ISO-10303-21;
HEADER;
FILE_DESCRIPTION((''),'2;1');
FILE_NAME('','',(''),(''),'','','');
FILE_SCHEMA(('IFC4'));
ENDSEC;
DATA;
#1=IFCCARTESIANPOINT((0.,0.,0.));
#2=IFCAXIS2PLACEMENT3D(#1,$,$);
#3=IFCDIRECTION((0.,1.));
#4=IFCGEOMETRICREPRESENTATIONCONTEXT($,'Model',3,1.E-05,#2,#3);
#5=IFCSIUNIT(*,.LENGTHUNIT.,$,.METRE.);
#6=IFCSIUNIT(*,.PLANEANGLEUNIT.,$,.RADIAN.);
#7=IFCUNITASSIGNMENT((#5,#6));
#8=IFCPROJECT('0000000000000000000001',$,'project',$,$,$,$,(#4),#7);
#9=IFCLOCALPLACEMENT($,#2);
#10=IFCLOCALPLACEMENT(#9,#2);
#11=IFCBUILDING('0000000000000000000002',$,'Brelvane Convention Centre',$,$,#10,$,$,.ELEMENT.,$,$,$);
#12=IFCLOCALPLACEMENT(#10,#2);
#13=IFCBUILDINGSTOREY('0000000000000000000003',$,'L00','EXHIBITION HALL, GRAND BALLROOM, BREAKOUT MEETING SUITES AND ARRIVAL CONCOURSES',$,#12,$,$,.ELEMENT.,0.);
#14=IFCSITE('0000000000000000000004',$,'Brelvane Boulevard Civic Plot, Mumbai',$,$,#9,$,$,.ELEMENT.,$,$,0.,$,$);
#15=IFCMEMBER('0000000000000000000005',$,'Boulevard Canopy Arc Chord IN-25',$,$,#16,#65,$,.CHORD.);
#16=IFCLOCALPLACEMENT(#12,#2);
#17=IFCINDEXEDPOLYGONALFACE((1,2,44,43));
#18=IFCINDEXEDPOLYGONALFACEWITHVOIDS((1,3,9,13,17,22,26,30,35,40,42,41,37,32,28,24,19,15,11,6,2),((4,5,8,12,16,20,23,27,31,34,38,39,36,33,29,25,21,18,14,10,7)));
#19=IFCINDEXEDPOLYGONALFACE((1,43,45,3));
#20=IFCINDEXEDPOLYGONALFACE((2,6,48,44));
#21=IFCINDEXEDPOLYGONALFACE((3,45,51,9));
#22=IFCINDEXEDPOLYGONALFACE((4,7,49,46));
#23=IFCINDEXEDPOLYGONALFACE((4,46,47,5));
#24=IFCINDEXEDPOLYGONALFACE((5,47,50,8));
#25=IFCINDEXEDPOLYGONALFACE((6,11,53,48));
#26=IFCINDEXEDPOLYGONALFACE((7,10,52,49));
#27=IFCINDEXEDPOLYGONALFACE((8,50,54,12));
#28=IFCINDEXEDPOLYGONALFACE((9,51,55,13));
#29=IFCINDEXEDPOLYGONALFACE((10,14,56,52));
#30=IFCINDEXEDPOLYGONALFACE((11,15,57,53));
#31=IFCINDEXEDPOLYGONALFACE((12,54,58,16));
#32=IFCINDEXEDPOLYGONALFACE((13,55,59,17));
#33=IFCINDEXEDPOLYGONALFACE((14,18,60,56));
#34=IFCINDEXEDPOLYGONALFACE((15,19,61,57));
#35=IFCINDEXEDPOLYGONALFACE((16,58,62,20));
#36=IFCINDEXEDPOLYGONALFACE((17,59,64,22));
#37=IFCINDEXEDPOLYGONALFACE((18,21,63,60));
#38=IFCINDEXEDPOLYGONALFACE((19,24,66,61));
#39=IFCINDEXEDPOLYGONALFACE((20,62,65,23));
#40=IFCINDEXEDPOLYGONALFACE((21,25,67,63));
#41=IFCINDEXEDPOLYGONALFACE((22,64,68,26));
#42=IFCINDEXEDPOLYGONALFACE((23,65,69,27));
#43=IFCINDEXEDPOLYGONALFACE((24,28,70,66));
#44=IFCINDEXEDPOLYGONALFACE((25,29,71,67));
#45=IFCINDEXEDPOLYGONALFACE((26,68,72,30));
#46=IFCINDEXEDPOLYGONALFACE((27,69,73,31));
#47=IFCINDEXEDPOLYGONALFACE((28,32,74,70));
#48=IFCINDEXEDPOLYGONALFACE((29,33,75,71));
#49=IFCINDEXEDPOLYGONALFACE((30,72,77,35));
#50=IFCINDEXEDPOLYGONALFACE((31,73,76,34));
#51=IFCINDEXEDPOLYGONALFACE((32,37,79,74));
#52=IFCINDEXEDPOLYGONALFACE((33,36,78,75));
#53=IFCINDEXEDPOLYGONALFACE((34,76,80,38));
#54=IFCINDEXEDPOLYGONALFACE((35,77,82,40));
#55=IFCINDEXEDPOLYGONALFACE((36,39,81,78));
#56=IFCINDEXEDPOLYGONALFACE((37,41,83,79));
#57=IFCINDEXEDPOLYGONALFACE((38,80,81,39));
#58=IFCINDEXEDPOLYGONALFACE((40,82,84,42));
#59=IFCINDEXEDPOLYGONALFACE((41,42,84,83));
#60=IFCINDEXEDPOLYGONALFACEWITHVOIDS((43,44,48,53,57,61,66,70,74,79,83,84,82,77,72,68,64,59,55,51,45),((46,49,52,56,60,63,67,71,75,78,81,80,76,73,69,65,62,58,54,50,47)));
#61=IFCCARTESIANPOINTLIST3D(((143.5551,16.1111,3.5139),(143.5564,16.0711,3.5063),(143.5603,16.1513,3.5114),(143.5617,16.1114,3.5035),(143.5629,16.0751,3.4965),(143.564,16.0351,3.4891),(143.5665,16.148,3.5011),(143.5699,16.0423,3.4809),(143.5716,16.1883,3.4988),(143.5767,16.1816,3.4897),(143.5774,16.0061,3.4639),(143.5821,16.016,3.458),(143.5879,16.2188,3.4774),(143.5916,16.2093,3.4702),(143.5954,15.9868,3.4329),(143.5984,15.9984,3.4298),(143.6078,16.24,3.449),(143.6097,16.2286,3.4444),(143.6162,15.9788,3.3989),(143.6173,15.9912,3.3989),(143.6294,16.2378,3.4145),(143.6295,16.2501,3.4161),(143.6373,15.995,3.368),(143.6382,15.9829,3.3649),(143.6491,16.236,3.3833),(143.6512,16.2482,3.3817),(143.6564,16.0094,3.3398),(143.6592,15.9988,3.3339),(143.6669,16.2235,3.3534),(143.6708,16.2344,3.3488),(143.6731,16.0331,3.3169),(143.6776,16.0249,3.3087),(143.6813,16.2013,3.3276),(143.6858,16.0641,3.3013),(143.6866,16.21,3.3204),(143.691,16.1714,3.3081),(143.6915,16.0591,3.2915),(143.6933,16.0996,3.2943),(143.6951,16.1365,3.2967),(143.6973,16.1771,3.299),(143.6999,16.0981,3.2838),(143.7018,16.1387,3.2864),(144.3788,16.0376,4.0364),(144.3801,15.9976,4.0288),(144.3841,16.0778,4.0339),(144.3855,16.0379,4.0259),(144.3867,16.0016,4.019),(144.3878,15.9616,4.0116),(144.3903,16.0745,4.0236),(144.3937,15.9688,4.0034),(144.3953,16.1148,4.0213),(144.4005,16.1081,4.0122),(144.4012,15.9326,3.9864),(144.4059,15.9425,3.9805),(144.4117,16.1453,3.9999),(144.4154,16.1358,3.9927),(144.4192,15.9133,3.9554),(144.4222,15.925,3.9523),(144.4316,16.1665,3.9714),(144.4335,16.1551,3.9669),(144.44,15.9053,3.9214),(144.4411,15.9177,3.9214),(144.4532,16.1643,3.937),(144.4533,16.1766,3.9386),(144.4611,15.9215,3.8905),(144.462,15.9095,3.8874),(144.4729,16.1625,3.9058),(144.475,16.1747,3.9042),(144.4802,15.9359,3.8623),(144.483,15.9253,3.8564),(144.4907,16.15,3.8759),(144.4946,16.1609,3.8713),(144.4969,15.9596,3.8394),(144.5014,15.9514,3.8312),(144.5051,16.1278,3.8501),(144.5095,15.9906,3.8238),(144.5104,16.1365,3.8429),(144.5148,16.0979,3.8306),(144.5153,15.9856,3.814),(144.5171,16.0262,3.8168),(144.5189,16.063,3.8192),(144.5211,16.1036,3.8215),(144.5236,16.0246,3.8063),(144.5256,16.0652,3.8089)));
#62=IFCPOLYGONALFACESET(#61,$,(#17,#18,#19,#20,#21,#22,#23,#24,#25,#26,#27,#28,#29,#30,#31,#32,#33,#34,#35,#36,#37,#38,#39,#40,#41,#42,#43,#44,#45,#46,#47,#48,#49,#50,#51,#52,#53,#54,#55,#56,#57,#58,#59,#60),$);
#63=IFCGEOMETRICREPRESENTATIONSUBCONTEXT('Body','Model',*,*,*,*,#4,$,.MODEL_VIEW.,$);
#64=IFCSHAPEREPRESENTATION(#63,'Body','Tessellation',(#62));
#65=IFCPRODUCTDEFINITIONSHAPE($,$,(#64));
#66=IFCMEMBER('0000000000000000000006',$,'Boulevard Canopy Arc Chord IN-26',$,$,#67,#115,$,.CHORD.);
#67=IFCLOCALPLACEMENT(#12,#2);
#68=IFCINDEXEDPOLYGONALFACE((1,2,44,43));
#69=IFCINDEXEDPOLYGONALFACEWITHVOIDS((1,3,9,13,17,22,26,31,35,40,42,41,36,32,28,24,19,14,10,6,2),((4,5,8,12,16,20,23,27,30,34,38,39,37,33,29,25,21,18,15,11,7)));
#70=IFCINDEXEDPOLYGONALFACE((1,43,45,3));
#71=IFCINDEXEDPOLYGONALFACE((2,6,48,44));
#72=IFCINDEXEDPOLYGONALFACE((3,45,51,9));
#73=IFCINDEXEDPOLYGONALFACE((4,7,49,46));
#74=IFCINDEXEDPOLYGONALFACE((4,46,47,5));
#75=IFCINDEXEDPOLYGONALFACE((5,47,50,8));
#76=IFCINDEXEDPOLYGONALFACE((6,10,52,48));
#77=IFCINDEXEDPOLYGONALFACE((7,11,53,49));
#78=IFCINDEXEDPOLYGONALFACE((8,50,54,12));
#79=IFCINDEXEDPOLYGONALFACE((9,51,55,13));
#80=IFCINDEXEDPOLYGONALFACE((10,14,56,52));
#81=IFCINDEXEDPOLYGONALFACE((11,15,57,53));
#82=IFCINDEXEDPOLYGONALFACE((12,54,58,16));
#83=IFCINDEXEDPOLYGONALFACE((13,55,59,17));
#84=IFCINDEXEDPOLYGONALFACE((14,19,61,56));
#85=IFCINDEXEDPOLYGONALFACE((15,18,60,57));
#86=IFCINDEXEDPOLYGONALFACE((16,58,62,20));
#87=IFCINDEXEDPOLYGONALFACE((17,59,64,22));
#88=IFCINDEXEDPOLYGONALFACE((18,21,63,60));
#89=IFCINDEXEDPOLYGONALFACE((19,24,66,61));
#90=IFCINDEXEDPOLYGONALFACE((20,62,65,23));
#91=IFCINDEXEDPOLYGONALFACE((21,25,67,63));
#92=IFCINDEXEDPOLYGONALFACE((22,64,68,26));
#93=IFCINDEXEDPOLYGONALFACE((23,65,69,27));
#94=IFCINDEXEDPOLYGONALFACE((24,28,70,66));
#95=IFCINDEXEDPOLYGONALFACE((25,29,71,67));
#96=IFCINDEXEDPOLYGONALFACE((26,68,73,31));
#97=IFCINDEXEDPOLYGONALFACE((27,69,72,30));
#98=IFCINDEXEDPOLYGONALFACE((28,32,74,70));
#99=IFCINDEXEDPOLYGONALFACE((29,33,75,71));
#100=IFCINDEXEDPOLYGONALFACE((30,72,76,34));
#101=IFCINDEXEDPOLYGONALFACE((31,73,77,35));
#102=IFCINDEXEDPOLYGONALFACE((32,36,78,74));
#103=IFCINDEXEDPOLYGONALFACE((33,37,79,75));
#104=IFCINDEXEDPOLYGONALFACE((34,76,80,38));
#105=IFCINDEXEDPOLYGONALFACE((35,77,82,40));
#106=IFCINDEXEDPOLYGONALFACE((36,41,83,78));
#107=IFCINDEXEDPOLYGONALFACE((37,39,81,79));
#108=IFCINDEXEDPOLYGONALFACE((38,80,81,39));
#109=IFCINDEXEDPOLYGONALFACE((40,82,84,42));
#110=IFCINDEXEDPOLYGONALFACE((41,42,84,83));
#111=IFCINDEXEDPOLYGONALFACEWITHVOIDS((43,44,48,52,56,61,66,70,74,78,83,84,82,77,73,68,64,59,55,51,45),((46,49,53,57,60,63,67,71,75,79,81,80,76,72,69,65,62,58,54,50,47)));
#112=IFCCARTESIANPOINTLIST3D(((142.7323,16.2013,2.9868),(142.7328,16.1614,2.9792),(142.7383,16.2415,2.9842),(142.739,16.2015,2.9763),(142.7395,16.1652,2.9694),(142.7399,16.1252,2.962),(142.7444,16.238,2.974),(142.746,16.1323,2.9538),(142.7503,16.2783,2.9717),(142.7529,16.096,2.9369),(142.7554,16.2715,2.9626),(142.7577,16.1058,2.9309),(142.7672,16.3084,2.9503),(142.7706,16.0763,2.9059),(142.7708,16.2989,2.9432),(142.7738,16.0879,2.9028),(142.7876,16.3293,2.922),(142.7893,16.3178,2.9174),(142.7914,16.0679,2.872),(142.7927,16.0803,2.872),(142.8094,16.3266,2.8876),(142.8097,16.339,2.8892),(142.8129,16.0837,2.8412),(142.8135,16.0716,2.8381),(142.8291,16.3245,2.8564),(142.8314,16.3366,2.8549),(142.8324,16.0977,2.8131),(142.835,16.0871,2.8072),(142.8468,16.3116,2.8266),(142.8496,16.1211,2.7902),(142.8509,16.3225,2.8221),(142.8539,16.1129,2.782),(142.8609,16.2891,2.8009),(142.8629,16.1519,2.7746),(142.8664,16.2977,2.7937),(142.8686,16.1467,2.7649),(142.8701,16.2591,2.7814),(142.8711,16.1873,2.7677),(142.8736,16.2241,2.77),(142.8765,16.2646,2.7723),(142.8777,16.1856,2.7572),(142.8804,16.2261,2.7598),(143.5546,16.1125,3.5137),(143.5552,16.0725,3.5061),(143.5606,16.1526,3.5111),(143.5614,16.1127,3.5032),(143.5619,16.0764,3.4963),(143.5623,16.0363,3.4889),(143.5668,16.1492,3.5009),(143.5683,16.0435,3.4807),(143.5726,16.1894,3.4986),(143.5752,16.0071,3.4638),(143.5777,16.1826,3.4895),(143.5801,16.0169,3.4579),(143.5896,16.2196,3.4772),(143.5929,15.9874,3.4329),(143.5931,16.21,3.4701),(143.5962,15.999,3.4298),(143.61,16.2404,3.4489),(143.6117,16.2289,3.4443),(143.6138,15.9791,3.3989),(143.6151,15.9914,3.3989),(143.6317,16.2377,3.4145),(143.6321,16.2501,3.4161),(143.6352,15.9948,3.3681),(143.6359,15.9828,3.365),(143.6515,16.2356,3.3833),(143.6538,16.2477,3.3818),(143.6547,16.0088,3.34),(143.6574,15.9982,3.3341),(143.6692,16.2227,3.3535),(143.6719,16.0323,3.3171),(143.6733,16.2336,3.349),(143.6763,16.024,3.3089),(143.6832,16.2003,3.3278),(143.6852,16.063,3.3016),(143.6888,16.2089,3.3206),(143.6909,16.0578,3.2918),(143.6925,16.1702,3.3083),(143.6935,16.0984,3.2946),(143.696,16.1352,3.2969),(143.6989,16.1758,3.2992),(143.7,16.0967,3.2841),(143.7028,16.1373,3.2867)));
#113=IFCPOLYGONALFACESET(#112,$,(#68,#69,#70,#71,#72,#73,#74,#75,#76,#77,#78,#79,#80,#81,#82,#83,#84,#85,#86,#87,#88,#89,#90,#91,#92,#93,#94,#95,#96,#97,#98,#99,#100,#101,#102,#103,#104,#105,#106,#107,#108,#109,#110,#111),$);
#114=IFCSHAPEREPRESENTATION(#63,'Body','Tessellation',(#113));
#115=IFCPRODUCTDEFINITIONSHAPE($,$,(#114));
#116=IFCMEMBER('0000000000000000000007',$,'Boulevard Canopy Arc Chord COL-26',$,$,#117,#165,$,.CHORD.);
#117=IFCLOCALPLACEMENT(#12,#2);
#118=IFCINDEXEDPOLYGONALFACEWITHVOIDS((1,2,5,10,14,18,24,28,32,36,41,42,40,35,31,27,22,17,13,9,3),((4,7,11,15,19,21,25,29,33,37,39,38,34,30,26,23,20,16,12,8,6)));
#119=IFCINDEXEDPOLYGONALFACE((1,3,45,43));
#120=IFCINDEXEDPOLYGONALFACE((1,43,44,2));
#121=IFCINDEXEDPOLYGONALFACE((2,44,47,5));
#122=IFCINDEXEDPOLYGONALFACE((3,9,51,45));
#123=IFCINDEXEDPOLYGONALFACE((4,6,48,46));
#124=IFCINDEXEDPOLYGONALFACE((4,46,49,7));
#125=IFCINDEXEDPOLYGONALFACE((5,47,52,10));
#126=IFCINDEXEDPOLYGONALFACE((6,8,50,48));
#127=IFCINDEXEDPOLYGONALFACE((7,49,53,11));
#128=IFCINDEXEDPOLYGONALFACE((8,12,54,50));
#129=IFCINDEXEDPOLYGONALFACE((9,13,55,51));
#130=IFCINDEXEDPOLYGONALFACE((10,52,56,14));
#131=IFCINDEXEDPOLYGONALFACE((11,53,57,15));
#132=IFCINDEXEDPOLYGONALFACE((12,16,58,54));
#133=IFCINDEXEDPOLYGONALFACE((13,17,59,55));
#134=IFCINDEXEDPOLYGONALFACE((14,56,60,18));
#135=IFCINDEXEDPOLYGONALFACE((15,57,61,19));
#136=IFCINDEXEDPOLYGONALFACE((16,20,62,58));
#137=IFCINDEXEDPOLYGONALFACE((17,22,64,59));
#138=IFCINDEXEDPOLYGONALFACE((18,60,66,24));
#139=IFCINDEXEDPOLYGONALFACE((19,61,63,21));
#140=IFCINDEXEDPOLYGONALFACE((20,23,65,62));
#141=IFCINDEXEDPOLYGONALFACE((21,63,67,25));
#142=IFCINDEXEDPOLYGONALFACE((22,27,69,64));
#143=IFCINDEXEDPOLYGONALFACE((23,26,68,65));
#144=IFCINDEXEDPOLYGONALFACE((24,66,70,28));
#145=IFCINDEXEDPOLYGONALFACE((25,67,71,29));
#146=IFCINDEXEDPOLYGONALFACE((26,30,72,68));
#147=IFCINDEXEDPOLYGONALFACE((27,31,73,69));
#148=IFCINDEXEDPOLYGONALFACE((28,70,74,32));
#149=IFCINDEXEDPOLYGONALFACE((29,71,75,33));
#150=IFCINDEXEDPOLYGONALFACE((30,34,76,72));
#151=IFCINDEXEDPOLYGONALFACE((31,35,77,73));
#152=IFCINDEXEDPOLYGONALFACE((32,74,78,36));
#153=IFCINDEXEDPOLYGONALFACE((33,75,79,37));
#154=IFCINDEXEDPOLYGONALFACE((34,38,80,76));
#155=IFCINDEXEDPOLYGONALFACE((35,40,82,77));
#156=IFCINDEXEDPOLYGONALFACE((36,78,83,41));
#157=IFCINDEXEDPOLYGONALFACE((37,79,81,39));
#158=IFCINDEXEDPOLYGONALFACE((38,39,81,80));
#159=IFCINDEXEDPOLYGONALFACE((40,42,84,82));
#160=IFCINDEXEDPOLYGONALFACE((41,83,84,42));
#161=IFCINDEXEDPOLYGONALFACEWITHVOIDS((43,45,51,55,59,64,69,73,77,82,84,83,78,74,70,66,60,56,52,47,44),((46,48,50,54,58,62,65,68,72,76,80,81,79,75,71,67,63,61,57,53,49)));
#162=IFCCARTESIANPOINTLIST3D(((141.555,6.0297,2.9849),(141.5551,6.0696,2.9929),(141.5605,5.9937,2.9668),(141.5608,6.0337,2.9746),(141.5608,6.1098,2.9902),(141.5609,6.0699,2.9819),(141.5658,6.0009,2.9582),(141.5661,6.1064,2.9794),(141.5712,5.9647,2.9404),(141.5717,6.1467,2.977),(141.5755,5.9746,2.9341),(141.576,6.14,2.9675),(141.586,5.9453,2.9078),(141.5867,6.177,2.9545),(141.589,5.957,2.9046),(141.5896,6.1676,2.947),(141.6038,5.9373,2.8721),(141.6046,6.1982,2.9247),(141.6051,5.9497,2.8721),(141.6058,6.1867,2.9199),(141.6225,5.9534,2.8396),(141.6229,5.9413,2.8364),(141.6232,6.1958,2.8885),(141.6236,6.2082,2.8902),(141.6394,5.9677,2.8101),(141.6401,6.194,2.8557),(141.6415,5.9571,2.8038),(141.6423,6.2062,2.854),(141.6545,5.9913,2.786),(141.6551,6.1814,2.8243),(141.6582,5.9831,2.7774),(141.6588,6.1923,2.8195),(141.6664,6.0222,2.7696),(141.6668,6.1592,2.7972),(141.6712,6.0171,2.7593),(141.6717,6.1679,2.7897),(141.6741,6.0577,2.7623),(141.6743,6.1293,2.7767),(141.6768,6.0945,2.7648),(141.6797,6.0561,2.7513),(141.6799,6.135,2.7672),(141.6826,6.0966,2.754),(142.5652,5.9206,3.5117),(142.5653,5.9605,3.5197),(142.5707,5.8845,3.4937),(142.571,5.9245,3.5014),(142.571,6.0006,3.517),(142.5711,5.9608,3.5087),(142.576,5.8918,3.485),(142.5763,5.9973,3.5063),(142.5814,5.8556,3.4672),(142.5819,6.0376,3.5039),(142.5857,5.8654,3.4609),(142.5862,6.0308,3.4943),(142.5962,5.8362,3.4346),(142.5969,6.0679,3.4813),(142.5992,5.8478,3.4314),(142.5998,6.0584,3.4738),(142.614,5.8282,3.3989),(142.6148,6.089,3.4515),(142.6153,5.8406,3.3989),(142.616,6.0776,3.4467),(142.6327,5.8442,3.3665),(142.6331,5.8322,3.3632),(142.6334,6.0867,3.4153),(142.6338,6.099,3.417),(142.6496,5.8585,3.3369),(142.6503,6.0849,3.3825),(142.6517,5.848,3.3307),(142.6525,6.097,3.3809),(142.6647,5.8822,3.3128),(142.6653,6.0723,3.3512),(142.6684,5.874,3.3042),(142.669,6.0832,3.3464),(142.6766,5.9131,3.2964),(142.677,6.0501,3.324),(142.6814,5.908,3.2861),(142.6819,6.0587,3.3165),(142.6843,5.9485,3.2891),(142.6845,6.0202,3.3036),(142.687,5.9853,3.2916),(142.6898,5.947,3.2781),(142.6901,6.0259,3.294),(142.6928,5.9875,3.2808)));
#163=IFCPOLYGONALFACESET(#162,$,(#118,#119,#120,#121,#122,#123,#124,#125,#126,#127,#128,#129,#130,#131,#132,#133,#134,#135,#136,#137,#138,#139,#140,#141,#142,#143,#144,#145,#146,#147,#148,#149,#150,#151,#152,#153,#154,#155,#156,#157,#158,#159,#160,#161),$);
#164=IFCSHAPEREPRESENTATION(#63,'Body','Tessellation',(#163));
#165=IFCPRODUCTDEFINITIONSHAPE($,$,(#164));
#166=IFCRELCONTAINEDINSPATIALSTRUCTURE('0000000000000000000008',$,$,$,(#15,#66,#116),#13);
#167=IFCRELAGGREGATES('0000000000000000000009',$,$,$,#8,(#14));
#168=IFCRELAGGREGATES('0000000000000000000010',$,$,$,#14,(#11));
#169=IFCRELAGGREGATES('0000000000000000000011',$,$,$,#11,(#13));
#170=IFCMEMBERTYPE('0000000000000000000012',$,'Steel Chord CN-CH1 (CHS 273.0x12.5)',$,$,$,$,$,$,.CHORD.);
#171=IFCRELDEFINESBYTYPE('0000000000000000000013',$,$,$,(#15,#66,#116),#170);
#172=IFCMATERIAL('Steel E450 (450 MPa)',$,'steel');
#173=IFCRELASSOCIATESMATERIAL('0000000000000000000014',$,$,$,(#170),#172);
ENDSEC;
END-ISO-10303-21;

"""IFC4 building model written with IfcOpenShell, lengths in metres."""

from ifc_helpers import new_model, si_unit, direction, frame, origin, origin_2d, place, context, subcontext, project, spatial, hollow_circle, extrude, material, material_profile, profile_set, type_object, element, save


model = new_model("IFC4")

# Units and contexts
model_context = context("Model", 3, precision=1e-05, world=origin(), true_north=direction((0.0, 1.0)))
body_context = subcontext(model_context, "Body", "Model", "MODEL_VIEW")
ifc_project = project(units=[si_unit("LENGTHUNIT", "METRE"), si_unit("PLANEANGLEUNIT", "RADIAN")], contexts=[model_context])

# Site, building, storey
site_placement = place(None, origin())
site = spatial("IfcSite", under=ifc_project, at=site_placement, Name="Brelvane Boulevard Civic Plot, Mumbai", CompositionType="ELEMENT", RefElevation=0.0)
building_placement = place(site_placement, origin())
building = spatial("IfcBuilding", under=site, at=building_placement, Name="Brelvane Convention Centre", CompositionType="ELEMENT")
storey_placement = place(building_placement, origin())
storey = spatial("IfcBuildingStorey", under=building, at=storey_placement, Name="L00", Description="EXHIBITION HALL, GRAND BALLROOM, BREAKOUT MEETING SUITES AND ARRIVAL CONCOURSES", CompositionType="ELEMENT", Elevation=0.0)

# Members
ifc_material_1 = material(Name="Steel E450 (450 MPa)", Category="steel")
ifc_material_profile_1 = material_profile(ifc_material_1, hollow_circle(Radius=0.1365, WallThickness=0.0125, at=origin_2d()), Name="CHS 273.0x12.5")
ifc_profile_set_1 = profile_set([ifc_material_profile_1], Name="Steel E450 (450 MPa)")
member_type_1 = type_object("IfcMemberType", Name="Steel Chord CN-CH1 (CHS 273.0x12.5)", PredefinedType="CHORD", material=ifc_profile_set_1)
member_1_placement = place(storey_placement, frame((144.4521, 16.0413, 3.9214), z_axis=(-0.842078, 0.075123, -0.534098), x_axis=(-0.088859, -0.996044, 0.0)))
element("IfcMember", 1, at=member_1_placement, inside=storey, type_object=member_type_1, Name="Boulevard Canopy Arc Chord IN-25", PredefinedType="CHORD", context=body_context, shape_type="SweptSolid", body=[
    extrude(hollow_circle(Radius=0.1365, WallThickness=0.0125, at=origin_2d()), origin(), (0.0, 0.0, 1.0), 0.9783),
])
member_2_placement = place(storey_placement, frame((143.6284, 16.1147, 3.3989), z_axis=(-0.838525, 0.090624, -0.537274), x_axis=(-0.10745, -0.99421, 0.0)))
element("IfcMember", 2, at=member_2_placement, inside=storey, type_object=member_type_1, Name="Boulevard Canopy Arc Chord IN-26", PredefinedType="CHORD", context=body_context, shape_type="SweptSolid", body=[
    extrude(hollow_circle(Radius=0.1365, WallThickness=0.0125, at=origin_2d()), origin(), (0.0, 0.0, 1.0), 0.9807),
])
member_3_placement = place(storey_placement, frame((142.6287, 5.9639, 3.3989), z_axis=(-0.88263, 0.095344, -0.460298), x_axis=(-0.107398, -0.994216, 0.0)))
element("IfcMember", 3, at=member_3_placement, inside=storey, type_object=member_type_1, Name="Boulevard Canopy Arc Chord COL-26", PredefinedType="CHORD", context=body_context, shape_type="SweptSolid", body=[
    extrude(hollow_circle(Radius=0.1365, WallThickness=0.0125, at=origin_2d()), origin(), (0.0, 0.0, 1.0), 1.1445),
])

save(model, "model.ifc")
